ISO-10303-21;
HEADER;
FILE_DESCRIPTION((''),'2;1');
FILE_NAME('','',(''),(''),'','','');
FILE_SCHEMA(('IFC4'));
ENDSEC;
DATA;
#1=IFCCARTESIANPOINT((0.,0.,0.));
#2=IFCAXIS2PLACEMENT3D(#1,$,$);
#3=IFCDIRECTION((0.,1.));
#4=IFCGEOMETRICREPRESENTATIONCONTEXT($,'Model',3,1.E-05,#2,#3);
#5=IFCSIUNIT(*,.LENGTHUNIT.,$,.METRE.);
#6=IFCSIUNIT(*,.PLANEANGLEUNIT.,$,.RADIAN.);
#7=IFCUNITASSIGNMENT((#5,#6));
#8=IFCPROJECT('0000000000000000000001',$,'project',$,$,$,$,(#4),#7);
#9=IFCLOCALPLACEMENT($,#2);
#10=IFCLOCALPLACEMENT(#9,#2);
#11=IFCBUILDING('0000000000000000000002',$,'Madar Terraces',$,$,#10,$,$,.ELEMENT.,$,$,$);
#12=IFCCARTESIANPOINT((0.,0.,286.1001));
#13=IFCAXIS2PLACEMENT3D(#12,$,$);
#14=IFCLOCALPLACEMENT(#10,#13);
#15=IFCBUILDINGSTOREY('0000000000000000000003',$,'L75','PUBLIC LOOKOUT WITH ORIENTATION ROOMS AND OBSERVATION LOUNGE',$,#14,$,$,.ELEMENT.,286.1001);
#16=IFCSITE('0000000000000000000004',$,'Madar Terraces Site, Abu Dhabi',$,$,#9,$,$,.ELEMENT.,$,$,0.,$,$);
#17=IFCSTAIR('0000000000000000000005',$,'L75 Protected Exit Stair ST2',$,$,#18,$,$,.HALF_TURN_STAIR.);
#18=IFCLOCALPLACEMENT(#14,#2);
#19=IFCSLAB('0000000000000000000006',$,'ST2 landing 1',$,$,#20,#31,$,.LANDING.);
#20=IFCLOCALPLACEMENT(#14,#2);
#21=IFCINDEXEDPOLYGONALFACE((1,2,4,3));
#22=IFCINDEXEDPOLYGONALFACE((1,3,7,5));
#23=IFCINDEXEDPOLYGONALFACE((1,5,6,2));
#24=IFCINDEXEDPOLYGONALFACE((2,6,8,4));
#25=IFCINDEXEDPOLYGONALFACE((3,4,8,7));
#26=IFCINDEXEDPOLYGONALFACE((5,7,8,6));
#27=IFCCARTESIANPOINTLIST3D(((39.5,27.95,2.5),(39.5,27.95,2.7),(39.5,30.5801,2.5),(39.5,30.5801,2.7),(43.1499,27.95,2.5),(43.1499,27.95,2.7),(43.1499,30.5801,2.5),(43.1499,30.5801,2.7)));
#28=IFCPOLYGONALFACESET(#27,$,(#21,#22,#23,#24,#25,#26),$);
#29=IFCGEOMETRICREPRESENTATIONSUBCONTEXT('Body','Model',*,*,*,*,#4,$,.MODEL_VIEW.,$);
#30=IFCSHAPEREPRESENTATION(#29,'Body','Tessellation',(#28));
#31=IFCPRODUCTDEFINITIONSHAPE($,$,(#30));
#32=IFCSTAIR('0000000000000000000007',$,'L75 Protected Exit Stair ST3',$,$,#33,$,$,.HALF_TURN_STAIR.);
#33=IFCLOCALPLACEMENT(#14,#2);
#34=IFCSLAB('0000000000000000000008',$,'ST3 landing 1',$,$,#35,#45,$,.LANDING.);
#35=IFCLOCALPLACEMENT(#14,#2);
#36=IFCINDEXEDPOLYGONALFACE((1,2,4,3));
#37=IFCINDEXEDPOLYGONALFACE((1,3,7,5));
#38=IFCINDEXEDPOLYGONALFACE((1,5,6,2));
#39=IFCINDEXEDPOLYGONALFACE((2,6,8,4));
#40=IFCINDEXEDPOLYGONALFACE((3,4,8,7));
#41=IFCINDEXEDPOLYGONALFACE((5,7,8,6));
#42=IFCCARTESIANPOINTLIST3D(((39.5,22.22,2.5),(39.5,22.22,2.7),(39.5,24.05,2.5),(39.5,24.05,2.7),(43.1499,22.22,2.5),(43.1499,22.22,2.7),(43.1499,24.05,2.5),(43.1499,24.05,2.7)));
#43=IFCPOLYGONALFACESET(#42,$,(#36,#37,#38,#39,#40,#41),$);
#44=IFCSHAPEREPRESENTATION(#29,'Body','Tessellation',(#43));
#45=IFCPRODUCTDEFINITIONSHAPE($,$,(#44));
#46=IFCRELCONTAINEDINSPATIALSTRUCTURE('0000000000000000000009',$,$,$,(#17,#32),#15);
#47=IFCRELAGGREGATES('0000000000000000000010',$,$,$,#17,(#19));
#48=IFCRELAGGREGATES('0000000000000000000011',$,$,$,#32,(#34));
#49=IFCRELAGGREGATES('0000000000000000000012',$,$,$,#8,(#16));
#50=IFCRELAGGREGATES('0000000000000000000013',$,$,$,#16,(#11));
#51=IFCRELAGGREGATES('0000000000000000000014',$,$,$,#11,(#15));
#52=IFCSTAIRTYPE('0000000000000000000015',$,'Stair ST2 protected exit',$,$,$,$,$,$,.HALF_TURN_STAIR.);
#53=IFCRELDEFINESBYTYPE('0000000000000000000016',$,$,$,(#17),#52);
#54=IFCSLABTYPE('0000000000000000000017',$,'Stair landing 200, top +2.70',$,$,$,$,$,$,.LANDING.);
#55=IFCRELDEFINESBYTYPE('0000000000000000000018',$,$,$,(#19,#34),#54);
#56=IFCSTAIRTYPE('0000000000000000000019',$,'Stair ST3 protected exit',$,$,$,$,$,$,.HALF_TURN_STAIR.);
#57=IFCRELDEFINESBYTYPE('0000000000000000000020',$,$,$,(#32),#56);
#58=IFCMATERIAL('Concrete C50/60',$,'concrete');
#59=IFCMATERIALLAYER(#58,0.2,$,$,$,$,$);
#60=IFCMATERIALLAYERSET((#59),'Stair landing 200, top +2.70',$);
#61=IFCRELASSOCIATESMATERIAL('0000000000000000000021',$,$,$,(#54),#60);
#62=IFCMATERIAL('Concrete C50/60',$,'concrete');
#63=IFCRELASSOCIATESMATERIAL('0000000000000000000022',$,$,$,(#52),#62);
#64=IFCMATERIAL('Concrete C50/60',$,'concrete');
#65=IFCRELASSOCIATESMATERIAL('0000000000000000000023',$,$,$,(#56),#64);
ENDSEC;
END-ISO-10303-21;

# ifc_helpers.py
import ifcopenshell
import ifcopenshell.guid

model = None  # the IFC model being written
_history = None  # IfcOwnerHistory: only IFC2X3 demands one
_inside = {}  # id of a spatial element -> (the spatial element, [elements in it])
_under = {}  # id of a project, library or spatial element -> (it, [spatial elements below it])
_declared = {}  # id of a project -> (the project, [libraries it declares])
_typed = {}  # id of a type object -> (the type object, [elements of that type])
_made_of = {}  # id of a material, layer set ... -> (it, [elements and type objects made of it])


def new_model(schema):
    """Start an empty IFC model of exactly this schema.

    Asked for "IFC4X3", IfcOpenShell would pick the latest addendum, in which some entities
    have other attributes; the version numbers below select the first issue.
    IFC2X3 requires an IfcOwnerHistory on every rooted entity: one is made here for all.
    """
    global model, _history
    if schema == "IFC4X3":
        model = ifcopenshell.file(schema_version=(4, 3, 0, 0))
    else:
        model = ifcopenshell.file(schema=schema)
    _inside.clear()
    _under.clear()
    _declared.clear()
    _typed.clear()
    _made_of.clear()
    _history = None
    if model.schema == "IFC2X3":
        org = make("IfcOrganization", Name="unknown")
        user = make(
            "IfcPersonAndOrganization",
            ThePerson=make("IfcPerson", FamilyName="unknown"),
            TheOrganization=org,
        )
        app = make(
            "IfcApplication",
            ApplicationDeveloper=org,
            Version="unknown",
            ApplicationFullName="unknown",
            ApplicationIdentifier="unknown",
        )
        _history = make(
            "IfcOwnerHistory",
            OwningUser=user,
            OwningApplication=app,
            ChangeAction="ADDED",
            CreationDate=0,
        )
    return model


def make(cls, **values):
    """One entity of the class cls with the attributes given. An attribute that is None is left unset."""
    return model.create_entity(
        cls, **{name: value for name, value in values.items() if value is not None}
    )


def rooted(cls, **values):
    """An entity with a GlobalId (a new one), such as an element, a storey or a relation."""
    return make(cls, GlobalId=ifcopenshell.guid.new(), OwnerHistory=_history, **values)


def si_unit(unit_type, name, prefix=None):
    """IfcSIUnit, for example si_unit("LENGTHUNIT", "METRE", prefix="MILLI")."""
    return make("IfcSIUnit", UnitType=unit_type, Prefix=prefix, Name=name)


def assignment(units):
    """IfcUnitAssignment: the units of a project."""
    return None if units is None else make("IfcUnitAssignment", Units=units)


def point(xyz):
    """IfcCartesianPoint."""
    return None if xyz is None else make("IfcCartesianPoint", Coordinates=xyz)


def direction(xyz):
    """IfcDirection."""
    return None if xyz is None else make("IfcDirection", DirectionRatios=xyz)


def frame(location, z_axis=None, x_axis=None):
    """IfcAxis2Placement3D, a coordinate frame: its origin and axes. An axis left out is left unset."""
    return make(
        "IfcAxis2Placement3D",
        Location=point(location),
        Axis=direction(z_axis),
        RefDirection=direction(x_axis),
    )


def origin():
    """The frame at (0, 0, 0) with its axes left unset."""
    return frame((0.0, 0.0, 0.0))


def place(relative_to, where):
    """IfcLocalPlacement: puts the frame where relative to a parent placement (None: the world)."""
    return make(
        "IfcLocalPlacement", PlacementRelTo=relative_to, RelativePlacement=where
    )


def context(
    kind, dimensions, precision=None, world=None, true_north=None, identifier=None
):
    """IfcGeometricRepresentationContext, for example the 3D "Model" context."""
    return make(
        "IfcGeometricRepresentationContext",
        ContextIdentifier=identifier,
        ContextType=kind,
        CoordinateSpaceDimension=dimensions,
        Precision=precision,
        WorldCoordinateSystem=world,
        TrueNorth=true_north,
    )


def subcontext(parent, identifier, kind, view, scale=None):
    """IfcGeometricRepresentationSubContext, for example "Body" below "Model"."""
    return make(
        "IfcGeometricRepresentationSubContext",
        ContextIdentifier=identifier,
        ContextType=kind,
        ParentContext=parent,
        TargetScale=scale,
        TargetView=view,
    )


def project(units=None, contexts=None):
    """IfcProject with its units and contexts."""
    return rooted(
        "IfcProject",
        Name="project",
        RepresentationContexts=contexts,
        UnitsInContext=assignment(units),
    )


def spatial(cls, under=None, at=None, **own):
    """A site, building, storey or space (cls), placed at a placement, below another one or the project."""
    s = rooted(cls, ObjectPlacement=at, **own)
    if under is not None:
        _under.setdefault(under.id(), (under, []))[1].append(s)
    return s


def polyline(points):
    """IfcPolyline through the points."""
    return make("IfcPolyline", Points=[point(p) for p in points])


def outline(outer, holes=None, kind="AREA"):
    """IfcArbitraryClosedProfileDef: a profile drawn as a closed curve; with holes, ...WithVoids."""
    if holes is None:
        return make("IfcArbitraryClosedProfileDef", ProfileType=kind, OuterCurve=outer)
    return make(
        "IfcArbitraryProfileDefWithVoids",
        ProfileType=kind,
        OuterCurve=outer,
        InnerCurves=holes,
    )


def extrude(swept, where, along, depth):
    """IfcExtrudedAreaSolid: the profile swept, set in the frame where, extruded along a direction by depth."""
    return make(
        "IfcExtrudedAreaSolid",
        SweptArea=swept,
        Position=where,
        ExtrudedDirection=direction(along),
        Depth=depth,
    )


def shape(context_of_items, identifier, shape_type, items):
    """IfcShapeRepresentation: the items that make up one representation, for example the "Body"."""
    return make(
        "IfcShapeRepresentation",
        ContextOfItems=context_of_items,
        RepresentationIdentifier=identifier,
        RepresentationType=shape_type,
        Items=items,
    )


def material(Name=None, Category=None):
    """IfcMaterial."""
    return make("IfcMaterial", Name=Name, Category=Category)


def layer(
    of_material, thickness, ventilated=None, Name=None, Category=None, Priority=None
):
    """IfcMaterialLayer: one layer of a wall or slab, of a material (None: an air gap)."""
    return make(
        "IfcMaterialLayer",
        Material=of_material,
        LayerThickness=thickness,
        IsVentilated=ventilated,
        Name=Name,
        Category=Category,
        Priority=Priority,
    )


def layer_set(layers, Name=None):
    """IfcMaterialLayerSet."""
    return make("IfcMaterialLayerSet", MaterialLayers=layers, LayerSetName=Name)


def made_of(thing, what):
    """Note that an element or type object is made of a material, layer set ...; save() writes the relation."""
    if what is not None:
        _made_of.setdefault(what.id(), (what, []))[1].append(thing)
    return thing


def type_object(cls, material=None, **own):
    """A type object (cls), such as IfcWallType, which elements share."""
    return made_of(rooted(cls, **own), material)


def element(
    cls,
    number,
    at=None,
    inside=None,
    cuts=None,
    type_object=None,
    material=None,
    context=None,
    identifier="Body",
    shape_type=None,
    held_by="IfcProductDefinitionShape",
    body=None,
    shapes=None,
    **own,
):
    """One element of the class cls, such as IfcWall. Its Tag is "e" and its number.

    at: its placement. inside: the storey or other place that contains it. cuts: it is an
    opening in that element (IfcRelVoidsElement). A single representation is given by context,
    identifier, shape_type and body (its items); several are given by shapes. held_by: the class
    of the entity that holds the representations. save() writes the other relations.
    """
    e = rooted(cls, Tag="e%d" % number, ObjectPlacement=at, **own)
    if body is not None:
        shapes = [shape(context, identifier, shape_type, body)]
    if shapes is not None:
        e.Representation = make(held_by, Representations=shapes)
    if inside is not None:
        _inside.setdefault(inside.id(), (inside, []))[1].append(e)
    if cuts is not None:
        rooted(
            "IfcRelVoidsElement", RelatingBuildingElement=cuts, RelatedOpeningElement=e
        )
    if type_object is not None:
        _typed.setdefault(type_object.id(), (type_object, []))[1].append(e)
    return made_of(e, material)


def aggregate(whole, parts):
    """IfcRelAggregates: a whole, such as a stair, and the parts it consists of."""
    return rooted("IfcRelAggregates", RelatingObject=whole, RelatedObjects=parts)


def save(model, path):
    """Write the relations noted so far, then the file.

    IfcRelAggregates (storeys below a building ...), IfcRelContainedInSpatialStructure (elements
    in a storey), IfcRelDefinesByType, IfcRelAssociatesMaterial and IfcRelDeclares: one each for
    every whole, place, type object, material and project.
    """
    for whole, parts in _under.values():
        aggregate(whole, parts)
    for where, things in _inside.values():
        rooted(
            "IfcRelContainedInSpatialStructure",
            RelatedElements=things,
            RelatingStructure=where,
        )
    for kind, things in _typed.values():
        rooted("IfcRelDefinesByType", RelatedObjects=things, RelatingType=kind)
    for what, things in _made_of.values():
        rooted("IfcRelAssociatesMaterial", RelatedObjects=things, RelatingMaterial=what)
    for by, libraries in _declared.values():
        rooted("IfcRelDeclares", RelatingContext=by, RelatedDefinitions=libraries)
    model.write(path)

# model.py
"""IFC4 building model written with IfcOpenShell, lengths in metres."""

from ifc_helpers import new_model, si_unit, direction, frame, origin, place, context, subcontext, project, spatial, polyline, outline, extrude, material, layer, layer_set, type_object, element, aggregate, save


model = new_model("IFC4")

# Units and contexts
model_context = context("Model", 3, precision=1e-05, world=origin(), true_north=direction((0.0, 1.0)))
body_context = subcontext(model_context, "Body", "Model", "MODEL_VIEW")
ifc_project = project(units=[si_unit("LENGTHUNIT", "METRE"), si_unit("PLANEANGLEUNIT", "RADIAN")], contexts=[model_context])

# Site, building, storey
site_placement = place(None, origin())
site = spatial("IfcSite", under=ifc_project, at=site_placement, Name="Madar Terraces Site, Abu Dhabi", CompositionType="ELEMENT", RefElevation=0.0)
building_placement = place(site_placement, origin())
building = spatial("IfcBuilding", under=site, at=building_placement, Name="Madar Terraces", CompositionType="ELEMENT")
storey_placement = place(building_placement, frame((0.0, 0.0, 286.1001)))
storey = spatial("IfcBuildingStorey", under=building, at=storey_placement, Name="L75", Description="PUBLIC LOOKOUT WITH ORIENTATION ROOMS AND OBSERVATION LOUNGE", CompositionType="ELEMENT", Elevation=286.1001)

# Stairs, slabs
ifc_material_1 = material(Name="Concrete C50/60", Category="concrete")
ifc_layer_1 = layer(ifc_material_1, 0.2)
ifc_layer_set_1 = layer_set([ifc_layer_1], Name="Stair landing 200, top +2.70")
slab_type_1 = type_object("IfcSlabType", Name="Stair landing 200, top +2.70", PredefinedType="LANDING", material=ifc_layer_set_1)
ifc_material_2 = material(Name="Concrete C50/60", Category="concrete")
stair_type_1 = type_object("IfcStairType", Name="Stair ST2 protected exit", PredefinedType="HALF_TURN_STAIR", material=ifc_material_2)
stair_1_placement = place(storey_placement, origin())
stair_1 = element("IfcStair", 1, at=stair_1_placement, inside=storey, type_object=stair_type_1, Name="L75 Protected Exit Stair ST2", PredefinedType="HALF_TURN_STAIR")
slab_1_placement = place(storey_placement, frame((0.0, 0.0, 2.5)))
slab_1 = element("IfcSlab", 2, at=slab_1_placement, type_object=slab_type_1, Name="ST2 landing 1", PredefinedType="LANDING", context=body_context, shape_type="SweptSolid", body=[
    extrude(outline(polyline([(39.5, 27.95), (43.1499, 27.95), (43.1499, 30.5801), (39.5, 30.5801), (39.5, 27.95)])), origin(), (0.0, 0.0, 1.0), 0.2),
])
aggregate(stair_1, [slab_1])
ifc_material_3 = material(Name="Concrete C50/60", Category="concrete")
stair_type_2 = type_object("IfcStairType", Name="Stair ST3 protected exit", PredefinedType="HALF_TURN_STAIR", material=ifc_material_3)
stair_2_placement = place(storey_placement, origin())
stair_2 = element("IfcStair", 3, at=stair_2_placement, inside=storey, type_object=stair_type_2, Name="L75 Protected Exit Stair ST3", PredefinedType="HALF_TURN_STAIR")
slab_2_placement = place(storey_placement, frame((0.0, 0.0, 2.5)))
slab_2 = element("IfcSlab", 4, at=slab_2_placement, type_object=slab_type_1, Name="ST3 landing 1", PredefinedType="LANDING", context=body_context, shape_type="SweptSolid", body=[
    extrude(outline(polyline([(39.5, 22.22), (43.1499, 22.22), (43.1499, 24.05), (39.5, 24.05), (39.5, 22.22)])), origin(), (0.0, 0.0, 1.0), 0.2),
])
aggregate(stair_2, [slab_2])

save(model, "model.ifc")
